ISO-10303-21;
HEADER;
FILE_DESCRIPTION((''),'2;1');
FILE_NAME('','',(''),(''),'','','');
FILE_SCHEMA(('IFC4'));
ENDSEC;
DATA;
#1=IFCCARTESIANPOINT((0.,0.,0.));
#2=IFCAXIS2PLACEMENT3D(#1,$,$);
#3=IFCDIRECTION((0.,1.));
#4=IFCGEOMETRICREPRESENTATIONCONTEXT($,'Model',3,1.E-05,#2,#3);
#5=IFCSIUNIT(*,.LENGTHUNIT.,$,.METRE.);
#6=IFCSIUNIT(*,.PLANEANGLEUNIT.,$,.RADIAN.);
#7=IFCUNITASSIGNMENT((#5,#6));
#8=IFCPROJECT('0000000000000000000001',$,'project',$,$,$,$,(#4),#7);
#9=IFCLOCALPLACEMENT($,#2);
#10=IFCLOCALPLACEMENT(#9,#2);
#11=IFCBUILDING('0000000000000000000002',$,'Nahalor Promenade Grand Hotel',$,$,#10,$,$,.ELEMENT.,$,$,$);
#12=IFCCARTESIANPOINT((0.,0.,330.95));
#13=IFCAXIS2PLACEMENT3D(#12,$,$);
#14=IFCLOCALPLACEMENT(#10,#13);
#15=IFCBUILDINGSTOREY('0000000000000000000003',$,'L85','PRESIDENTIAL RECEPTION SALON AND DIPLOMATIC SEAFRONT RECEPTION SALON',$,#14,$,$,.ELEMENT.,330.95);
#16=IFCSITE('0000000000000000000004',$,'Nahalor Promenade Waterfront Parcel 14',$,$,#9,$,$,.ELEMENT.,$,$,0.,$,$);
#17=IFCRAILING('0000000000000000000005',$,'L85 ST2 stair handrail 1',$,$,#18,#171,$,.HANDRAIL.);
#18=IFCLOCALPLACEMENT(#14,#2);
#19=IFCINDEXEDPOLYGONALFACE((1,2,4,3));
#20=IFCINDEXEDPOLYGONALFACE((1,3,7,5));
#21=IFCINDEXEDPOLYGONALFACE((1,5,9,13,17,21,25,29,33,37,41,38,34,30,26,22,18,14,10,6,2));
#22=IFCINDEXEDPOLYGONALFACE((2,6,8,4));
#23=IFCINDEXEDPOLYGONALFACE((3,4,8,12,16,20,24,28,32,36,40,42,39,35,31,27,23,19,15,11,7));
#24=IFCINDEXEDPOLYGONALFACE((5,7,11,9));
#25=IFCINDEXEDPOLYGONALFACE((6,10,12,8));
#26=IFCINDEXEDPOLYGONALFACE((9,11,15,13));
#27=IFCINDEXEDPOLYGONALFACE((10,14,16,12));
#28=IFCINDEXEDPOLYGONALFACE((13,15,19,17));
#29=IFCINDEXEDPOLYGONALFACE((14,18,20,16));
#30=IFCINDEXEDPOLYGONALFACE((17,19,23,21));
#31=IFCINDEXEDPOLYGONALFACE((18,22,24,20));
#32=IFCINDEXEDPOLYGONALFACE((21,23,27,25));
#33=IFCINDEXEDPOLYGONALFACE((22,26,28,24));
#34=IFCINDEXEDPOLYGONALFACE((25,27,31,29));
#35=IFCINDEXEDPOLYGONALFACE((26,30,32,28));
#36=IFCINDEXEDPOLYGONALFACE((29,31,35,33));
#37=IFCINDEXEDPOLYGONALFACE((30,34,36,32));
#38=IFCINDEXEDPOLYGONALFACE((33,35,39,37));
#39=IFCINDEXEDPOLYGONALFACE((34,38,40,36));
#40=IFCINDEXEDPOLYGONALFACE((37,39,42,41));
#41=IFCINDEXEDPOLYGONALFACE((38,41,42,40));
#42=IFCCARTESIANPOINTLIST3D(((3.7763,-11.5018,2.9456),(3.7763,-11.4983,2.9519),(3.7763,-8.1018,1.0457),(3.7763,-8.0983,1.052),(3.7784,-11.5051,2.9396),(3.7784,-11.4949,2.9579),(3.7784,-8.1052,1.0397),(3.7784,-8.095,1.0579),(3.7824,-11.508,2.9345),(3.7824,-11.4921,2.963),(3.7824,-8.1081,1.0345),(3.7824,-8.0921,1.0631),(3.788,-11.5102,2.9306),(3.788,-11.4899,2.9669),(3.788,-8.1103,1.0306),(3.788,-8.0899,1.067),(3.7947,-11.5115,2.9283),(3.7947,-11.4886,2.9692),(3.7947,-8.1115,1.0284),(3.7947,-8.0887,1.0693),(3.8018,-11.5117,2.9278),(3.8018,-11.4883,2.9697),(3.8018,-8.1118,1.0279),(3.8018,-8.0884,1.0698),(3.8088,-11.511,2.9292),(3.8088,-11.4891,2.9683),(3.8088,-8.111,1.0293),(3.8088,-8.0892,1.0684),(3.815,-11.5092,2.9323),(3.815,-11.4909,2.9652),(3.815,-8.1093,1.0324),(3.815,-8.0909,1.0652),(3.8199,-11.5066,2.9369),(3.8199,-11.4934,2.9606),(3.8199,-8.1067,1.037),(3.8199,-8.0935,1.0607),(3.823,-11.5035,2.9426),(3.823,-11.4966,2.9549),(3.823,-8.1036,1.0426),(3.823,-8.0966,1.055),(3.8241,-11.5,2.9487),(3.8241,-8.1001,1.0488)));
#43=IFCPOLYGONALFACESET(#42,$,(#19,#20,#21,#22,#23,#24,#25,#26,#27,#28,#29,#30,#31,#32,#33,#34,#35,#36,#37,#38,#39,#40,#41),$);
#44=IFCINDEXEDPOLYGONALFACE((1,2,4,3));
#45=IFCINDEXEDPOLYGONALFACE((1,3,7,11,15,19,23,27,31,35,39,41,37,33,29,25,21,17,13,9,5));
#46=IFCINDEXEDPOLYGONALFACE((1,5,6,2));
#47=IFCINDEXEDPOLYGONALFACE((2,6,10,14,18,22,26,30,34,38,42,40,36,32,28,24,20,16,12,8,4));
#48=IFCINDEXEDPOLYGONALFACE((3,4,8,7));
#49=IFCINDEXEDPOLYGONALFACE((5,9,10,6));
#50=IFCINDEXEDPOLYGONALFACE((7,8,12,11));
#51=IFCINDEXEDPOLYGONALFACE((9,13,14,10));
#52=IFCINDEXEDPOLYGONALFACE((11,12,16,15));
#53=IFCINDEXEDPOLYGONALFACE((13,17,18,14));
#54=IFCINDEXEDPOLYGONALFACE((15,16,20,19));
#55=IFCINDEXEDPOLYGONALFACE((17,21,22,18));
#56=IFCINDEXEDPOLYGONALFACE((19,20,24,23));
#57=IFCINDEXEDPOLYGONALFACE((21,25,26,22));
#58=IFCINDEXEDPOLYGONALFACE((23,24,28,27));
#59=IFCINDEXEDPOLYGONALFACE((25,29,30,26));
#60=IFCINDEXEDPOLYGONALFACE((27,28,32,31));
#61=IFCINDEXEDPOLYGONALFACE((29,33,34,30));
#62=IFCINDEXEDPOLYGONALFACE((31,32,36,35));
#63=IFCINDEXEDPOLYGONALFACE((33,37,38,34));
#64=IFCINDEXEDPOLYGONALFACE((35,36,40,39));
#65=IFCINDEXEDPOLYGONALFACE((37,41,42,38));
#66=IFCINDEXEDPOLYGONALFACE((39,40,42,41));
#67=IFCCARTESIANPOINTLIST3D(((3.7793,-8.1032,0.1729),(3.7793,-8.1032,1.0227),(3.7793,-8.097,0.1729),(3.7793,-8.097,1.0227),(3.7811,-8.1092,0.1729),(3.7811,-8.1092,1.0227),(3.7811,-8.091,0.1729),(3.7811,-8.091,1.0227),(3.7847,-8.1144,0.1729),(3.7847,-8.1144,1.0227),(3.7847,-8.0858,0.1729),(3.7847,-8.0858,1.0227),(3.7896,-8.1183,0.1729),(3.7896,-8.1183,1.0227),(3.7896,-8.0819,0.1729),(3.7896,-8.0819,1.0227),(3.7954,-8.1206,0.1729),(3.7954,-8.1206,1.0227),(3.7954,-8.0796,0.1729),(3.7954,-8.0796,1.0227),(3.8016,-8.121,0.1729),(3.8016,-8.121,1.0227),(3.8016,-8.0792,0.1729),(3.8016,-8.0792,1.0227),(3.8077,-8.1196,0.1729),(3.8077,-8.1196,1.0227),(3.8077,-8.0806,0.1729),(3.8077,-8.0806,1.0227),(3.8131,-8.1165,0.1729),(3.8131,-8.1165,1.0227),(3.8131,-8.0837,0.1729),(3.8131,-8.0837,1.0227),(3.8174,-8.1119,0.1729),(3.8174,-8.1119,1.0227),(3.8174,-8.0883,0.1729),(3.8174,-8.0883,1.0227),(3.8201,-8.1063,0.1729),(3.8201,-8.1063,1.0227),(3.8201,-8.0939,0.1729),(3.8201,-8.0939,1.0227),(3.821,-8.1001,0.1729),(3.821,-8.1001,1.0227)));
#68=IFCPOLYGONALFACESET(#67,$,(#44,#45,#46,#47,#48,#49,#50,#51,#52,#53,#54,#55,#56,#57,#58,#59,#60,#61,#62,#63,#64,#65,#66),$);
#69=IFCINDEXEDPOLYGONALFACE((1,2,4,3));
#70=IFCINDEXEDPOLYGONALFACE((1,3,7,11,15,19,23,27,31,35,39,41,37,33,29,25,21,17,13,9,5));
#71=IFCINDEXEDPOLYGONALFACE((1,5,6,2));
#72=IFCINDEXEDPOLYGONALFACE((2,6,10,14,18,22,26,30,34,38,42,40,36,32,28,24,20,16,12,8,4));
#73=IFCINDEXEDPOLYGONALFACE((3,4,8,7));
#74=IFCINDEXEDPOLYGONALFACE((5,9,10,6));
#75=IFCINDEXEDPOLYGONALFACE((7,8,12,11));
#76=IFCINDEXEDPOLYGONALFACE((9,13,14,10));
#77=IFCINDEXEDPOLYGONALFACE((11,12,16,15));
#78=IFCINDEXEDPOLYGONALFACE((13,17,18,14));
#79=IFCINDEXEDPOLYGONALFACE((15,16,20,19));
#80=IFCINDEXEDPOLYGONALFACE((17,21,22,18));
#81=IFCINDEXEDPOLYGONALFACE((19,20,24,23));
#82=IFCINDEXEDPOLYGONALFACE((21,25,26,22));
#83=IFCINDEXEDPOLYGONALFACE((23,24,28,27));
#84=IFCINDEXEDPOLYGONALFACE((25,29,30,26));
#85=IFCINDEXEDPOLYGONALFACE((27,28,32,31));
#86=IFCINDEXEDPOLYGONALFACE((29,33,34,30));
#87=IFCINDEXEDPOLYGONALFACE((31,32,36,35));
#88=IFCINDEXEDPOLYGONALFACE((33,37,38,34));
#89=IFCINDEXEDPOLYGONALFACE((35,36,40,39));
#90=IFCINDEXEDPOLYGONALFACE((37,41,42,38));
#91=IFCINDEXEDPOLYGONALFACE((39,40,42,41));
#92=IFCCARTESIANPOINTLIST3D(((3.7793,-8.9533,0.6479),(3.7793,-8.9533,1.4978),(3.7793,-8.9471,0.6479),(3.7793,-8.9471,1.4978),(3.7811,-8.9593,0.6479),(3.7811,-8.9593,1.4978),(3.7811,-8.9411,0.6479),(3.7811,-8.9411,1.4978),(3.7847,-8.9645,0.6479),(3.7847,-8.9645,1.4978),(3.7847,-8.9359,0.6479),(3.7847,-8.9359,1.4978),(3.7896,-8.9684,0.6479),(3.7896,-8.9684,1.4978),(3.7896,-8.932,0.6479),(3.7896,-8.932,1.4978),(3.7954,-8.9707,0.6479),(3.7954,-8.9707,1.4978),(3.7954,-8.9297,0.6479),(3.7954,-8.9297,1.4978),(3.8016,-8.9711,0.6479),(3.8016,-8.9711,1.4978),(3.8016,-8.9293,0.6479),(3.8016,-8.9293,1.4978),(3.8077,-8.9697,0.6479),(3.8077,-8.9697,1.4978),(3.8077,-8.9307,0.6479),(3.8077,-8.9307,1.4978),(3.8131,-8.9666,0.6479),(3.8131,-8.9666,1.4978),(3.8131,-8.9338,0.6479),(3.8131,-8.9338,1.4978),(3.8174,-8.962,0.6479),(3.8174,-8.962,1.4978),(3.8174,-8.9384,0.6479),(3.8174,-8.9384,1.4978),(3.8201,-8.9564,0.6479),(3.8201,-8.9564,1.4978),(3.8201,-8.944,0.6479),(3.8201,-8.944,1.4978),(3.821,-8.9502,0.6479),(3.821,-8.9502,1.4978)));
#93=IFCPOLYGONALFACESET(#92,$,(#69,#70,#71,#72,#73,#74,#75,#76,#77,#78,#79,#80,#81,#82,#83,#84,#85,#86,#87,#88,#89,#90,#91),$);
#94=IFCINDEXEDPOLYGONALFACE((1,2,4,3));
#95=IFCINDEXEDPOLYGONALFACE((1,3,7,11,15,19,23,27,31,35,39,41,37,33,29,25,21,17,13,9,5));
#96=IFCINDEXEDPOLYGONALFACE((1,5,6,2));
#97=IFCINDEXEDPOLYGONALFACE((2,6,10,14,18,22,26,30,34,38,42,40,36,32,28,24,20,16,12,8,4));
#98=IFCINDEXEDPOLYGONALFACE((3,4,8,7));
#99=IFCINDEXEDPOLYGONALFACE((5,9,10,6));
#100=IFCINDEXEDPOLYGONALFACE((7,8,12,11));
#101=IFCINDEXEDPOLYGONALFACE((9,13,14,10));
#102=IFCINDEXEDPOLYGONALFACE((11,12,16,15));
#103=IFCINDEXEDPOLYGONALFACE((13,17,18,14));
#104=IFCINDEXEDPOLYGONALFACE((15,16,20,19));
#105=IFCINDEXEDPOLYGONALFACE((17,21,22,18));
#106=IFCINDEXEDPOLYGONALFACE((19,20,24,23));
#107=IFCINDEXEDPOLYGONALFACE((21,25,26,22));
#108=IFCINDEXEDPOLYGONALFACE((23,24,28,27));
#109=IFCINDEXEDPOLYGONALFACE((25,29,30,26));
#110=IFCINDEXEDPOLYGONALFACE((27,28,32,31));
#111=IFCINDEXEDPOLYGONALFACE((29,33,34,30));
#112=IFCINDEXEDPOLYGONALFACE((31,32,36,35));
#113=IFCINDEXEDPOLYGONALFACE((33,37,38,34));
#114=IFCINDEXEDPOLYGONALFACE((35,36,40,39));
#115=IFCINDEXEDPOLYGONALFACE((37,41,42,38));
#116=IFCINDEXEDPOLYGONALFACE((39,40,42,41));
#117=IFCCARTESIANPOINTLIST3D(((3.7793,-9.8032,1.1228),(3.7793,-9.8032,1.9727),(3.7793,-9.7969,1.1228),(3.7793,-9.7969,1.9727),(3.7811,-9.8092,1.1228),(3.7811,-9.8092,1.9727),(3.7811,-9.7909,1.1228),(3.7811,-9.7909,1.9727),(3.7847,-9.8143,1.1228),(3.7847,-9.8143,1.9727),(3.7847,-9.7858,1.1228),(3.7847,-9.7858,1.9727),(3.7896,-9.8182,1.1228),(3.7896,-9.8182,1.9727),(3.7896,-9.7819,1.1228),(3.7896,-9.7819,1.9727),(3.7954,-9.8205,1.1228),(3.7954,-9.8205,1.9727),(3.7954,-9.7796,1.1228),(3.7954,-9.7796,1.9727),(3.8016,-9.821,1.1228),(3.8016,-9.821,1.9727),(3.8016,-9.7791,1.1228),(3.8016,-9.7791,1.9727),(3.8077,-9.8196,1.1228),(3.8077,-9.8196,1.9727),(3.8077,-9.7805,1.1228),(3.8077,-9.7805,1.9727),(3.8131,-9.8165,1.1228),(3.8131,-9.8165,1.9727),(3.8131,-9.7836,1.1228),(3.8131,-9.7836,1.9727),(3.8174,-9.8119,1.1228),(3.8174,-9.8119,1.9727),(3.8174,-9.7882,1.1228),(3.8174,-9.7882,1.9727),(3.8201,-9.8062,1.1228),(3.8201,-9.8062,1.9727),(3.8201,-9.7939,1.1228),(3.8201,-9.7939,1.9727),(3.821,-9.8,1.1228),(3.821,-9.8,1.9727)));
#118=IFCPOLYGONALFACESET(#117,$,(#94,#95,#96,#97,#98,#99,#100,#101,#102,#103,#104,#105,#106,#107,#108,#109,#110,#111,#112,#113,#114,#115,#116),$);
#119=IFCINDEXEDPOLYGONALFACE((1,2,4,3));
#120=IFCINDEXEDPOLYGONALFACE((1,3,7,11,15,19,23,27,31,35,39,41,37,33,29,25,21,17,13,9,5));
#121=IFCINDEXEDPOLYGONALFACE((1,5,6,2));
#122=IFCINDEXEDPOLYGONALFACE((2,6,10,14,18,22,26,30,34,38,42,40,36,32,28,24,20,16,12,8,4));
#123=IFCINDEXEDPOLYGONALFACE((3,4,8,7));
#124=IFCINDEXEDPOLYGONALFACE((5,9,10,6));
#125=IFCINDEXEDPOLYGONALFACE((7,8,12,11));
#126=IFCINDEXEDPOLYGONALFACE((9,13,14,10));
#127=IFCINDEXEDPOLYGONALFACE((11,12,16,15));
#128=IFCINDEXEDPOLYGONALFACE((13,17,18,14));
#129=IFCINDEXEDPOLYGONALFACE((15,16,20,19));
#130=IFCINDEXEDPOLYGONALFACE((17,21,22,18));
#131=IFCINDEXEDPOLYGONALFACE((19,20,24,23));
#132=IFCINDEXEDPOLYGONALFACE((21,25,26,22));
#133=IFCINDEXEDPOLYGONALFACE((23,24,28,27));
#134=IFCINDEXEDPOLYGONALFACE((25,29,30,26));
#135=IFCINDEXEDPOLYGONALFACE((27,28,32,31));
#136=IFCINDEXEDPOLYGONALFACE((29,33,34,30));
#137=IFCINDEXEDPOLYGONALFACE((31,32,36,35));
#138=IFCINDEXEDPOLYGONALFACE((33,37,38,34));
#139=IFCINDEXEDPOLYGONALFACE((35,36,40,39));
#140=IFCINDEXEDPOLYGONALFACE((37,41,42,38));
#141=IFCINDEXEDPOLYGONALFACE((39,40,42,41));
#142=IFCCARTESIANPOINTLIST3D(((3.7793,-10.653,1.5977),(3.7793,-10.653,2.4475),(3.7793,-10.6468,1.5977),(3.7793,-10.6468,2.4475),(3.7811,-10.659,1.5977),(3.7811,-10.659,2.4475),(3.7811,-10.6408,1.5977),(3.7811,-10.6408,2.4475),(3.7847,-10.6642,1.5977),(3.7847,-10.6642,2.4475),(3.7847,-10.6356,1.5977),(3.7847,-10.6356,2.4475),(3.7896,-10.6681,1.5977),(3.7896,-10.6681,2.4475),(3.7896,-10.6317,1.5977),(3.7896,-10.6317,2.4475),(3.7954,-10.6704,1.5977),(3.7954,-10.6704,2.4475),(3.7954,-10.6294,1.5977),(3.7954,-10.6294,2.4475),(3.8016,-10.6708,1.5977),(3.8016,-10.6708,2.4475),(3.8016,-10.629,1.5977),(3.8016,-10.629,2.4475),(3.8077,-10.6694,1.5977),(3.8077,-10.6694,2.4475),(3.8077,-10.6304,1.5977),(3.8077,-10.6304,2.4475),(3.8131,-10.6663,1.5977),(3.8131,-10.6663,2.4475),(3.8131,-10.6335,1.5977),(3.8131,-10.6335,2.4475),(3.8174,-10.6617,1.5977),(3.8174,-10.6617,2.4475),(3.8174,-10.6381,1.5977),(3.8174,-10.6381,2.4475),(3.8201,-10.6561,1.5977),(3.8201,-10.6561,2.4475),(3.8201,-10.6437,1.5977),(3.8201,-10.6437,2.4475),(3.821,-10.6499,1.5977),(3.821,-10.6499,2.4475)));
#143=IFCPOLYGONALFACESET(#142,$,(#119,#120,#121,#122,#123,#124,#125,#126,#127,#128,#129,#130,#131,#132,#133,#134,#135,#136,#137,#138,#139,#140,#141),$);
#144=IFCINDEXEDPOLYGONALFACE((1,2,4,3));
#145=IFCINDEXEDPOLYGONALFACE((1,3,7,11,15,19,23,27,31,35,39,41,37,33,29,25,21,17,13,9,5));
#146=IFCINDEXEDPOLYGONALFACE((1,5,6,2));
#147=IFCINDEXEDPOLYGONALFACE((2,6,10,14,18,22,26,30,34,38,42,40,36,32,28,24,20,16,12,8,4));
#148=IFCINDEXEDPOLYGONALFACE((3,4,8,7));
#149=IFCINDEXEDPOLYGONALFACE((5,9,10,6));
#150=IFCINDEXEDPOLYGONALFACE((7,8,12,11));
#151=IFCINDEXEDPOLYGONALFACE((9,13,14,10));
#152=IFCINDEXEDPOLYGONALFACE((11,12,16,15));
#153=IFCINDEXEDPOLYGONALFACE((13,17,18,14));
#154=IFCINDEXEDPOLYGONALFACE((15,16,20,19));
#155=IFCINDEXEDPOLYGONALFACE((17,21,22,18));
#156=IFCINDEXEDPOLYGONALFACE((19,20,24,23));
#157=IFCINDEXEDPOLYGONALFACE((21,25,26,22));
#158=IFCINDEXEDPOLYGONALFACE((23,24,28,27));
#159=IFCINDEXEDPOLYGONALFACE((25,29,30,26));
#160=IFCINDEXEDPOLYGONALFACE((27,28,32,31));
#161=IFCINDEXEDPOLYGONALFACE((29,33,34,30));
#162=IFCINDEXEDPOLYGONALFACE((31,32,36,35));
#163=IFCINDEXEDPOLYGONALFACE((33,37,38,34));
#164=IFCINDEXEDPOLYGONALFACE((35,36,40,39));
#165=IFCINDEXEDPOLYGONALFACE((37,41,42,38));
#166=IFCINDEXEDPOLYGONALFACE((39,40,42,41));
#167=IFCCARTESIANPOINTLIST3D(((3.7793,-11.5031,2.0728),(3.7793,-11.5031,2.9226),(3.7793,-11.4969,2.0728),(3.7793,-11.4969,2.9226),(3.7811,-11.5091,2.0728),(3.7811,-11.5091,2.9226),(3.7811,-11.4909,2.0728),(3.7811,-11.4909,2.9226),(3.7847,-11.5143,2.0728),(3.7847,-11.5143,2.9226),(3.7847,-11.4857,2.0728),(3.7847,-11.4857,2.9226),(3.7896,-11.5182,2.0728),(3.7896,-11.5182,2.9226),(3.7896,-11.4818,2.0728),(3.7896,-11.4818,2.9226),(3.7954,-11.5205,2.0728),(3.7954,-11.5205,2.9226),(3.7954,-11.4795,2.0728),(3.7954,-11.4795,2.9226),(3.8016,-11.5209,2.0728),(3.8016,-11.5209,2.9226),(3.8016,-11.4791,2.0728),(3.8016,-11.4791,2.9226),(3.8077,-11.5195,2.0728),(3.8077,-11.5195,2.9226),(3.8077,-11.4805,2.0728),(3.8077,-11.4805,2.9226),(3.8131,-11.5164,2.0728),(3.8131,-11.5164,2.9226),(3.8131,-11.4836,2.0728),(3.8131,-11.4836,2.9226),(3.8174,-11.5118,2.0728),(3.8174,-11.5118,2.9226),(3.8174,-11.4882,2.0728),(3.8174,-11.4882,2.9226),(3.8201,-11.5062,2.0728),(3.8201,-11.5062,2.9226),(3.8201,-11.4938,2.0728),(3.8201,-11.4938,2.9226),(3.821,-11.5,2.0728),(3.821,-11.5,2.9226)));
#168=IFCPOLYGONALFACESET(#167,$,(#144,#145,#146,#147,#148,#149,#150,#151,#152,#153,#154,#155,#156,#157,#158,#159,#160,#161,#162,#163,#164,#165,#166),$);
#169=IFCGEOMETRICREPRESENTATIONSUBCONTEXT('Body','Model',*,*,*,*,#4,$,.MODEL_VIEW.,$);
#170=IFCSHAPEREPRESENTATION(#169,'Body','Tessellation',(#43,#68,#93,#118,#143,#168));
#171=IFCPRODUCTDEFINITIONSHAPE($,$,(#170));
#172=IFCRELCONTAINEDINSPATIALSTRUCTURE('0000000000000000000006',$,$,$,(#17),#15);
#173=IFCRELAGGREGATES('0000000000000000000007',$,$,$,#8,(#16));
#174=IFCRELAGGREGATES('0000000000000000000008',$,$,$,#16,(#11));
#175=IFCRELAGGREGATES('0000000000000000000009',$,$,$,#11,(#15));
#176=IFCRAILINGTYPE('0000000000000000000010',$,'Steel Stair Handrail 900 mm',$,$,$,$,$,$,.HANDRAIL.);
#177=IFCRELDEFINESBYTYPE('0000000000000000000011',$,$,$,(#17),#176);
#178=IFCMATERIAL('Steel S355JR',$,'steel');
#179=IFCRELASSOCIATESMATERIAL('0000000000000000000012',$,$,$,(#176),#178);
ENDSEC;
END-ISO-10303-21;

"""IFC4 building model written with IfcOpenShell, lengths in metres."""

from ifc_helpers import new_model, si_unit, direction, frame, origin, origin_2d, place, context, subcontext, project, spatial, circle, extrude, material, type_object, element, save


model = new_model("IFC4")

# Units and contexts
model_context = context("Model", 3, precision=1e-05, world=origin(), true_north=direction((0.0, 1.0)))
body_context = subcontext(model_context, "Body", "Model", "MODEL_VIEW")
ifc_project = project(units=[si_unit("LENGTHUNIT", "METRE"), si_unit("PLANEANGLEUNIT", "RADIAN")], contexts=[model_context])

# Site, building, storey
site_placement = place(None, origin())
site = spatial("IfcSite", under=ifc_project, at=site_placement, Name="Nahalor Promenade Waterfront Parcel 14", CompositionType="ELEMENT", RefElevation=0.0)
building_placement = place(site_placement, origin())
building = spatial("IfcBuilding", under=site, at=building_placement, Name="Nahalor Promenade Grand Hotel", CompositionType="ELEMENT")
storey_placement = place(building_placement, frame((0.0, 0.0, 330.95)))
storey = spatial("IfcBuildingStorey", under=building, at=storey_placement, Name="L85", Description="PRESIDENTIAL RECEPTION SALON AND DIPLOMATIC SEAFRONT RECEPTION SALON", CompositionType="ELEMENT", Elevation=330.95)

# Shared definitions
ifc_material_1 = material(Name="Steel S355JR", Category="steel")

# Railing
railing_type_1 = type_object("IfcRailingType", Name="Steel Stair Handrail 900 mm", PredefinedType="HANDRAIL", material=ifc_material_1)
railing_1_placement = place(storey_placement, frame((3.8, -8.1001, 0.1729)))
element("IfcRailing", 1, at=railing_1_placement, inside=storey, type_object=railing_type_1, Name="L85 ST2 stair handrail 1", PredefinedType="HANDRAIL", context=body_context, shape_type="SweptSolid", body=[
    extrude(circle(Radius=0.024, at=origin_2d()), frame((0.0, 0.0, 0.876), z_axis=(0.0, -0.872948, 0.487813), x_axis=(1.0, 0.0, 0.0)), (0.0, 0.0, 1.0), 3.8948),
    extrude(circle(Radius=0.021, at=origin_2d()), origin(), (0.0, 0.0, 1.0), 0.8499),
    extrude(circle(Radius=0.021, at=origin_2d()), frame((0.0, -0.8501, 0.4751)), (0.0, 0.0, 1.0), 0.8499),
    extrude(circle(Radius=0.021, at=origin_2d()), frame((0.0, -1.7, 0.95)), (0.0, 0.0, 1.0), 0.8499),
    extrude(circle(Radius=0.021, at=origin_2d()), frame((0.0, -2.5498, 1.4248)), (0.0, 0.0, 1.0), 0.8499),
    extrude(circle(Radius=0.021, at=origin_2d()), frame((0.0, -3.3999, 1.8999)), (0.0, 0.0, 1.0), 0.8499),
])

save(model, "model.ifc")
